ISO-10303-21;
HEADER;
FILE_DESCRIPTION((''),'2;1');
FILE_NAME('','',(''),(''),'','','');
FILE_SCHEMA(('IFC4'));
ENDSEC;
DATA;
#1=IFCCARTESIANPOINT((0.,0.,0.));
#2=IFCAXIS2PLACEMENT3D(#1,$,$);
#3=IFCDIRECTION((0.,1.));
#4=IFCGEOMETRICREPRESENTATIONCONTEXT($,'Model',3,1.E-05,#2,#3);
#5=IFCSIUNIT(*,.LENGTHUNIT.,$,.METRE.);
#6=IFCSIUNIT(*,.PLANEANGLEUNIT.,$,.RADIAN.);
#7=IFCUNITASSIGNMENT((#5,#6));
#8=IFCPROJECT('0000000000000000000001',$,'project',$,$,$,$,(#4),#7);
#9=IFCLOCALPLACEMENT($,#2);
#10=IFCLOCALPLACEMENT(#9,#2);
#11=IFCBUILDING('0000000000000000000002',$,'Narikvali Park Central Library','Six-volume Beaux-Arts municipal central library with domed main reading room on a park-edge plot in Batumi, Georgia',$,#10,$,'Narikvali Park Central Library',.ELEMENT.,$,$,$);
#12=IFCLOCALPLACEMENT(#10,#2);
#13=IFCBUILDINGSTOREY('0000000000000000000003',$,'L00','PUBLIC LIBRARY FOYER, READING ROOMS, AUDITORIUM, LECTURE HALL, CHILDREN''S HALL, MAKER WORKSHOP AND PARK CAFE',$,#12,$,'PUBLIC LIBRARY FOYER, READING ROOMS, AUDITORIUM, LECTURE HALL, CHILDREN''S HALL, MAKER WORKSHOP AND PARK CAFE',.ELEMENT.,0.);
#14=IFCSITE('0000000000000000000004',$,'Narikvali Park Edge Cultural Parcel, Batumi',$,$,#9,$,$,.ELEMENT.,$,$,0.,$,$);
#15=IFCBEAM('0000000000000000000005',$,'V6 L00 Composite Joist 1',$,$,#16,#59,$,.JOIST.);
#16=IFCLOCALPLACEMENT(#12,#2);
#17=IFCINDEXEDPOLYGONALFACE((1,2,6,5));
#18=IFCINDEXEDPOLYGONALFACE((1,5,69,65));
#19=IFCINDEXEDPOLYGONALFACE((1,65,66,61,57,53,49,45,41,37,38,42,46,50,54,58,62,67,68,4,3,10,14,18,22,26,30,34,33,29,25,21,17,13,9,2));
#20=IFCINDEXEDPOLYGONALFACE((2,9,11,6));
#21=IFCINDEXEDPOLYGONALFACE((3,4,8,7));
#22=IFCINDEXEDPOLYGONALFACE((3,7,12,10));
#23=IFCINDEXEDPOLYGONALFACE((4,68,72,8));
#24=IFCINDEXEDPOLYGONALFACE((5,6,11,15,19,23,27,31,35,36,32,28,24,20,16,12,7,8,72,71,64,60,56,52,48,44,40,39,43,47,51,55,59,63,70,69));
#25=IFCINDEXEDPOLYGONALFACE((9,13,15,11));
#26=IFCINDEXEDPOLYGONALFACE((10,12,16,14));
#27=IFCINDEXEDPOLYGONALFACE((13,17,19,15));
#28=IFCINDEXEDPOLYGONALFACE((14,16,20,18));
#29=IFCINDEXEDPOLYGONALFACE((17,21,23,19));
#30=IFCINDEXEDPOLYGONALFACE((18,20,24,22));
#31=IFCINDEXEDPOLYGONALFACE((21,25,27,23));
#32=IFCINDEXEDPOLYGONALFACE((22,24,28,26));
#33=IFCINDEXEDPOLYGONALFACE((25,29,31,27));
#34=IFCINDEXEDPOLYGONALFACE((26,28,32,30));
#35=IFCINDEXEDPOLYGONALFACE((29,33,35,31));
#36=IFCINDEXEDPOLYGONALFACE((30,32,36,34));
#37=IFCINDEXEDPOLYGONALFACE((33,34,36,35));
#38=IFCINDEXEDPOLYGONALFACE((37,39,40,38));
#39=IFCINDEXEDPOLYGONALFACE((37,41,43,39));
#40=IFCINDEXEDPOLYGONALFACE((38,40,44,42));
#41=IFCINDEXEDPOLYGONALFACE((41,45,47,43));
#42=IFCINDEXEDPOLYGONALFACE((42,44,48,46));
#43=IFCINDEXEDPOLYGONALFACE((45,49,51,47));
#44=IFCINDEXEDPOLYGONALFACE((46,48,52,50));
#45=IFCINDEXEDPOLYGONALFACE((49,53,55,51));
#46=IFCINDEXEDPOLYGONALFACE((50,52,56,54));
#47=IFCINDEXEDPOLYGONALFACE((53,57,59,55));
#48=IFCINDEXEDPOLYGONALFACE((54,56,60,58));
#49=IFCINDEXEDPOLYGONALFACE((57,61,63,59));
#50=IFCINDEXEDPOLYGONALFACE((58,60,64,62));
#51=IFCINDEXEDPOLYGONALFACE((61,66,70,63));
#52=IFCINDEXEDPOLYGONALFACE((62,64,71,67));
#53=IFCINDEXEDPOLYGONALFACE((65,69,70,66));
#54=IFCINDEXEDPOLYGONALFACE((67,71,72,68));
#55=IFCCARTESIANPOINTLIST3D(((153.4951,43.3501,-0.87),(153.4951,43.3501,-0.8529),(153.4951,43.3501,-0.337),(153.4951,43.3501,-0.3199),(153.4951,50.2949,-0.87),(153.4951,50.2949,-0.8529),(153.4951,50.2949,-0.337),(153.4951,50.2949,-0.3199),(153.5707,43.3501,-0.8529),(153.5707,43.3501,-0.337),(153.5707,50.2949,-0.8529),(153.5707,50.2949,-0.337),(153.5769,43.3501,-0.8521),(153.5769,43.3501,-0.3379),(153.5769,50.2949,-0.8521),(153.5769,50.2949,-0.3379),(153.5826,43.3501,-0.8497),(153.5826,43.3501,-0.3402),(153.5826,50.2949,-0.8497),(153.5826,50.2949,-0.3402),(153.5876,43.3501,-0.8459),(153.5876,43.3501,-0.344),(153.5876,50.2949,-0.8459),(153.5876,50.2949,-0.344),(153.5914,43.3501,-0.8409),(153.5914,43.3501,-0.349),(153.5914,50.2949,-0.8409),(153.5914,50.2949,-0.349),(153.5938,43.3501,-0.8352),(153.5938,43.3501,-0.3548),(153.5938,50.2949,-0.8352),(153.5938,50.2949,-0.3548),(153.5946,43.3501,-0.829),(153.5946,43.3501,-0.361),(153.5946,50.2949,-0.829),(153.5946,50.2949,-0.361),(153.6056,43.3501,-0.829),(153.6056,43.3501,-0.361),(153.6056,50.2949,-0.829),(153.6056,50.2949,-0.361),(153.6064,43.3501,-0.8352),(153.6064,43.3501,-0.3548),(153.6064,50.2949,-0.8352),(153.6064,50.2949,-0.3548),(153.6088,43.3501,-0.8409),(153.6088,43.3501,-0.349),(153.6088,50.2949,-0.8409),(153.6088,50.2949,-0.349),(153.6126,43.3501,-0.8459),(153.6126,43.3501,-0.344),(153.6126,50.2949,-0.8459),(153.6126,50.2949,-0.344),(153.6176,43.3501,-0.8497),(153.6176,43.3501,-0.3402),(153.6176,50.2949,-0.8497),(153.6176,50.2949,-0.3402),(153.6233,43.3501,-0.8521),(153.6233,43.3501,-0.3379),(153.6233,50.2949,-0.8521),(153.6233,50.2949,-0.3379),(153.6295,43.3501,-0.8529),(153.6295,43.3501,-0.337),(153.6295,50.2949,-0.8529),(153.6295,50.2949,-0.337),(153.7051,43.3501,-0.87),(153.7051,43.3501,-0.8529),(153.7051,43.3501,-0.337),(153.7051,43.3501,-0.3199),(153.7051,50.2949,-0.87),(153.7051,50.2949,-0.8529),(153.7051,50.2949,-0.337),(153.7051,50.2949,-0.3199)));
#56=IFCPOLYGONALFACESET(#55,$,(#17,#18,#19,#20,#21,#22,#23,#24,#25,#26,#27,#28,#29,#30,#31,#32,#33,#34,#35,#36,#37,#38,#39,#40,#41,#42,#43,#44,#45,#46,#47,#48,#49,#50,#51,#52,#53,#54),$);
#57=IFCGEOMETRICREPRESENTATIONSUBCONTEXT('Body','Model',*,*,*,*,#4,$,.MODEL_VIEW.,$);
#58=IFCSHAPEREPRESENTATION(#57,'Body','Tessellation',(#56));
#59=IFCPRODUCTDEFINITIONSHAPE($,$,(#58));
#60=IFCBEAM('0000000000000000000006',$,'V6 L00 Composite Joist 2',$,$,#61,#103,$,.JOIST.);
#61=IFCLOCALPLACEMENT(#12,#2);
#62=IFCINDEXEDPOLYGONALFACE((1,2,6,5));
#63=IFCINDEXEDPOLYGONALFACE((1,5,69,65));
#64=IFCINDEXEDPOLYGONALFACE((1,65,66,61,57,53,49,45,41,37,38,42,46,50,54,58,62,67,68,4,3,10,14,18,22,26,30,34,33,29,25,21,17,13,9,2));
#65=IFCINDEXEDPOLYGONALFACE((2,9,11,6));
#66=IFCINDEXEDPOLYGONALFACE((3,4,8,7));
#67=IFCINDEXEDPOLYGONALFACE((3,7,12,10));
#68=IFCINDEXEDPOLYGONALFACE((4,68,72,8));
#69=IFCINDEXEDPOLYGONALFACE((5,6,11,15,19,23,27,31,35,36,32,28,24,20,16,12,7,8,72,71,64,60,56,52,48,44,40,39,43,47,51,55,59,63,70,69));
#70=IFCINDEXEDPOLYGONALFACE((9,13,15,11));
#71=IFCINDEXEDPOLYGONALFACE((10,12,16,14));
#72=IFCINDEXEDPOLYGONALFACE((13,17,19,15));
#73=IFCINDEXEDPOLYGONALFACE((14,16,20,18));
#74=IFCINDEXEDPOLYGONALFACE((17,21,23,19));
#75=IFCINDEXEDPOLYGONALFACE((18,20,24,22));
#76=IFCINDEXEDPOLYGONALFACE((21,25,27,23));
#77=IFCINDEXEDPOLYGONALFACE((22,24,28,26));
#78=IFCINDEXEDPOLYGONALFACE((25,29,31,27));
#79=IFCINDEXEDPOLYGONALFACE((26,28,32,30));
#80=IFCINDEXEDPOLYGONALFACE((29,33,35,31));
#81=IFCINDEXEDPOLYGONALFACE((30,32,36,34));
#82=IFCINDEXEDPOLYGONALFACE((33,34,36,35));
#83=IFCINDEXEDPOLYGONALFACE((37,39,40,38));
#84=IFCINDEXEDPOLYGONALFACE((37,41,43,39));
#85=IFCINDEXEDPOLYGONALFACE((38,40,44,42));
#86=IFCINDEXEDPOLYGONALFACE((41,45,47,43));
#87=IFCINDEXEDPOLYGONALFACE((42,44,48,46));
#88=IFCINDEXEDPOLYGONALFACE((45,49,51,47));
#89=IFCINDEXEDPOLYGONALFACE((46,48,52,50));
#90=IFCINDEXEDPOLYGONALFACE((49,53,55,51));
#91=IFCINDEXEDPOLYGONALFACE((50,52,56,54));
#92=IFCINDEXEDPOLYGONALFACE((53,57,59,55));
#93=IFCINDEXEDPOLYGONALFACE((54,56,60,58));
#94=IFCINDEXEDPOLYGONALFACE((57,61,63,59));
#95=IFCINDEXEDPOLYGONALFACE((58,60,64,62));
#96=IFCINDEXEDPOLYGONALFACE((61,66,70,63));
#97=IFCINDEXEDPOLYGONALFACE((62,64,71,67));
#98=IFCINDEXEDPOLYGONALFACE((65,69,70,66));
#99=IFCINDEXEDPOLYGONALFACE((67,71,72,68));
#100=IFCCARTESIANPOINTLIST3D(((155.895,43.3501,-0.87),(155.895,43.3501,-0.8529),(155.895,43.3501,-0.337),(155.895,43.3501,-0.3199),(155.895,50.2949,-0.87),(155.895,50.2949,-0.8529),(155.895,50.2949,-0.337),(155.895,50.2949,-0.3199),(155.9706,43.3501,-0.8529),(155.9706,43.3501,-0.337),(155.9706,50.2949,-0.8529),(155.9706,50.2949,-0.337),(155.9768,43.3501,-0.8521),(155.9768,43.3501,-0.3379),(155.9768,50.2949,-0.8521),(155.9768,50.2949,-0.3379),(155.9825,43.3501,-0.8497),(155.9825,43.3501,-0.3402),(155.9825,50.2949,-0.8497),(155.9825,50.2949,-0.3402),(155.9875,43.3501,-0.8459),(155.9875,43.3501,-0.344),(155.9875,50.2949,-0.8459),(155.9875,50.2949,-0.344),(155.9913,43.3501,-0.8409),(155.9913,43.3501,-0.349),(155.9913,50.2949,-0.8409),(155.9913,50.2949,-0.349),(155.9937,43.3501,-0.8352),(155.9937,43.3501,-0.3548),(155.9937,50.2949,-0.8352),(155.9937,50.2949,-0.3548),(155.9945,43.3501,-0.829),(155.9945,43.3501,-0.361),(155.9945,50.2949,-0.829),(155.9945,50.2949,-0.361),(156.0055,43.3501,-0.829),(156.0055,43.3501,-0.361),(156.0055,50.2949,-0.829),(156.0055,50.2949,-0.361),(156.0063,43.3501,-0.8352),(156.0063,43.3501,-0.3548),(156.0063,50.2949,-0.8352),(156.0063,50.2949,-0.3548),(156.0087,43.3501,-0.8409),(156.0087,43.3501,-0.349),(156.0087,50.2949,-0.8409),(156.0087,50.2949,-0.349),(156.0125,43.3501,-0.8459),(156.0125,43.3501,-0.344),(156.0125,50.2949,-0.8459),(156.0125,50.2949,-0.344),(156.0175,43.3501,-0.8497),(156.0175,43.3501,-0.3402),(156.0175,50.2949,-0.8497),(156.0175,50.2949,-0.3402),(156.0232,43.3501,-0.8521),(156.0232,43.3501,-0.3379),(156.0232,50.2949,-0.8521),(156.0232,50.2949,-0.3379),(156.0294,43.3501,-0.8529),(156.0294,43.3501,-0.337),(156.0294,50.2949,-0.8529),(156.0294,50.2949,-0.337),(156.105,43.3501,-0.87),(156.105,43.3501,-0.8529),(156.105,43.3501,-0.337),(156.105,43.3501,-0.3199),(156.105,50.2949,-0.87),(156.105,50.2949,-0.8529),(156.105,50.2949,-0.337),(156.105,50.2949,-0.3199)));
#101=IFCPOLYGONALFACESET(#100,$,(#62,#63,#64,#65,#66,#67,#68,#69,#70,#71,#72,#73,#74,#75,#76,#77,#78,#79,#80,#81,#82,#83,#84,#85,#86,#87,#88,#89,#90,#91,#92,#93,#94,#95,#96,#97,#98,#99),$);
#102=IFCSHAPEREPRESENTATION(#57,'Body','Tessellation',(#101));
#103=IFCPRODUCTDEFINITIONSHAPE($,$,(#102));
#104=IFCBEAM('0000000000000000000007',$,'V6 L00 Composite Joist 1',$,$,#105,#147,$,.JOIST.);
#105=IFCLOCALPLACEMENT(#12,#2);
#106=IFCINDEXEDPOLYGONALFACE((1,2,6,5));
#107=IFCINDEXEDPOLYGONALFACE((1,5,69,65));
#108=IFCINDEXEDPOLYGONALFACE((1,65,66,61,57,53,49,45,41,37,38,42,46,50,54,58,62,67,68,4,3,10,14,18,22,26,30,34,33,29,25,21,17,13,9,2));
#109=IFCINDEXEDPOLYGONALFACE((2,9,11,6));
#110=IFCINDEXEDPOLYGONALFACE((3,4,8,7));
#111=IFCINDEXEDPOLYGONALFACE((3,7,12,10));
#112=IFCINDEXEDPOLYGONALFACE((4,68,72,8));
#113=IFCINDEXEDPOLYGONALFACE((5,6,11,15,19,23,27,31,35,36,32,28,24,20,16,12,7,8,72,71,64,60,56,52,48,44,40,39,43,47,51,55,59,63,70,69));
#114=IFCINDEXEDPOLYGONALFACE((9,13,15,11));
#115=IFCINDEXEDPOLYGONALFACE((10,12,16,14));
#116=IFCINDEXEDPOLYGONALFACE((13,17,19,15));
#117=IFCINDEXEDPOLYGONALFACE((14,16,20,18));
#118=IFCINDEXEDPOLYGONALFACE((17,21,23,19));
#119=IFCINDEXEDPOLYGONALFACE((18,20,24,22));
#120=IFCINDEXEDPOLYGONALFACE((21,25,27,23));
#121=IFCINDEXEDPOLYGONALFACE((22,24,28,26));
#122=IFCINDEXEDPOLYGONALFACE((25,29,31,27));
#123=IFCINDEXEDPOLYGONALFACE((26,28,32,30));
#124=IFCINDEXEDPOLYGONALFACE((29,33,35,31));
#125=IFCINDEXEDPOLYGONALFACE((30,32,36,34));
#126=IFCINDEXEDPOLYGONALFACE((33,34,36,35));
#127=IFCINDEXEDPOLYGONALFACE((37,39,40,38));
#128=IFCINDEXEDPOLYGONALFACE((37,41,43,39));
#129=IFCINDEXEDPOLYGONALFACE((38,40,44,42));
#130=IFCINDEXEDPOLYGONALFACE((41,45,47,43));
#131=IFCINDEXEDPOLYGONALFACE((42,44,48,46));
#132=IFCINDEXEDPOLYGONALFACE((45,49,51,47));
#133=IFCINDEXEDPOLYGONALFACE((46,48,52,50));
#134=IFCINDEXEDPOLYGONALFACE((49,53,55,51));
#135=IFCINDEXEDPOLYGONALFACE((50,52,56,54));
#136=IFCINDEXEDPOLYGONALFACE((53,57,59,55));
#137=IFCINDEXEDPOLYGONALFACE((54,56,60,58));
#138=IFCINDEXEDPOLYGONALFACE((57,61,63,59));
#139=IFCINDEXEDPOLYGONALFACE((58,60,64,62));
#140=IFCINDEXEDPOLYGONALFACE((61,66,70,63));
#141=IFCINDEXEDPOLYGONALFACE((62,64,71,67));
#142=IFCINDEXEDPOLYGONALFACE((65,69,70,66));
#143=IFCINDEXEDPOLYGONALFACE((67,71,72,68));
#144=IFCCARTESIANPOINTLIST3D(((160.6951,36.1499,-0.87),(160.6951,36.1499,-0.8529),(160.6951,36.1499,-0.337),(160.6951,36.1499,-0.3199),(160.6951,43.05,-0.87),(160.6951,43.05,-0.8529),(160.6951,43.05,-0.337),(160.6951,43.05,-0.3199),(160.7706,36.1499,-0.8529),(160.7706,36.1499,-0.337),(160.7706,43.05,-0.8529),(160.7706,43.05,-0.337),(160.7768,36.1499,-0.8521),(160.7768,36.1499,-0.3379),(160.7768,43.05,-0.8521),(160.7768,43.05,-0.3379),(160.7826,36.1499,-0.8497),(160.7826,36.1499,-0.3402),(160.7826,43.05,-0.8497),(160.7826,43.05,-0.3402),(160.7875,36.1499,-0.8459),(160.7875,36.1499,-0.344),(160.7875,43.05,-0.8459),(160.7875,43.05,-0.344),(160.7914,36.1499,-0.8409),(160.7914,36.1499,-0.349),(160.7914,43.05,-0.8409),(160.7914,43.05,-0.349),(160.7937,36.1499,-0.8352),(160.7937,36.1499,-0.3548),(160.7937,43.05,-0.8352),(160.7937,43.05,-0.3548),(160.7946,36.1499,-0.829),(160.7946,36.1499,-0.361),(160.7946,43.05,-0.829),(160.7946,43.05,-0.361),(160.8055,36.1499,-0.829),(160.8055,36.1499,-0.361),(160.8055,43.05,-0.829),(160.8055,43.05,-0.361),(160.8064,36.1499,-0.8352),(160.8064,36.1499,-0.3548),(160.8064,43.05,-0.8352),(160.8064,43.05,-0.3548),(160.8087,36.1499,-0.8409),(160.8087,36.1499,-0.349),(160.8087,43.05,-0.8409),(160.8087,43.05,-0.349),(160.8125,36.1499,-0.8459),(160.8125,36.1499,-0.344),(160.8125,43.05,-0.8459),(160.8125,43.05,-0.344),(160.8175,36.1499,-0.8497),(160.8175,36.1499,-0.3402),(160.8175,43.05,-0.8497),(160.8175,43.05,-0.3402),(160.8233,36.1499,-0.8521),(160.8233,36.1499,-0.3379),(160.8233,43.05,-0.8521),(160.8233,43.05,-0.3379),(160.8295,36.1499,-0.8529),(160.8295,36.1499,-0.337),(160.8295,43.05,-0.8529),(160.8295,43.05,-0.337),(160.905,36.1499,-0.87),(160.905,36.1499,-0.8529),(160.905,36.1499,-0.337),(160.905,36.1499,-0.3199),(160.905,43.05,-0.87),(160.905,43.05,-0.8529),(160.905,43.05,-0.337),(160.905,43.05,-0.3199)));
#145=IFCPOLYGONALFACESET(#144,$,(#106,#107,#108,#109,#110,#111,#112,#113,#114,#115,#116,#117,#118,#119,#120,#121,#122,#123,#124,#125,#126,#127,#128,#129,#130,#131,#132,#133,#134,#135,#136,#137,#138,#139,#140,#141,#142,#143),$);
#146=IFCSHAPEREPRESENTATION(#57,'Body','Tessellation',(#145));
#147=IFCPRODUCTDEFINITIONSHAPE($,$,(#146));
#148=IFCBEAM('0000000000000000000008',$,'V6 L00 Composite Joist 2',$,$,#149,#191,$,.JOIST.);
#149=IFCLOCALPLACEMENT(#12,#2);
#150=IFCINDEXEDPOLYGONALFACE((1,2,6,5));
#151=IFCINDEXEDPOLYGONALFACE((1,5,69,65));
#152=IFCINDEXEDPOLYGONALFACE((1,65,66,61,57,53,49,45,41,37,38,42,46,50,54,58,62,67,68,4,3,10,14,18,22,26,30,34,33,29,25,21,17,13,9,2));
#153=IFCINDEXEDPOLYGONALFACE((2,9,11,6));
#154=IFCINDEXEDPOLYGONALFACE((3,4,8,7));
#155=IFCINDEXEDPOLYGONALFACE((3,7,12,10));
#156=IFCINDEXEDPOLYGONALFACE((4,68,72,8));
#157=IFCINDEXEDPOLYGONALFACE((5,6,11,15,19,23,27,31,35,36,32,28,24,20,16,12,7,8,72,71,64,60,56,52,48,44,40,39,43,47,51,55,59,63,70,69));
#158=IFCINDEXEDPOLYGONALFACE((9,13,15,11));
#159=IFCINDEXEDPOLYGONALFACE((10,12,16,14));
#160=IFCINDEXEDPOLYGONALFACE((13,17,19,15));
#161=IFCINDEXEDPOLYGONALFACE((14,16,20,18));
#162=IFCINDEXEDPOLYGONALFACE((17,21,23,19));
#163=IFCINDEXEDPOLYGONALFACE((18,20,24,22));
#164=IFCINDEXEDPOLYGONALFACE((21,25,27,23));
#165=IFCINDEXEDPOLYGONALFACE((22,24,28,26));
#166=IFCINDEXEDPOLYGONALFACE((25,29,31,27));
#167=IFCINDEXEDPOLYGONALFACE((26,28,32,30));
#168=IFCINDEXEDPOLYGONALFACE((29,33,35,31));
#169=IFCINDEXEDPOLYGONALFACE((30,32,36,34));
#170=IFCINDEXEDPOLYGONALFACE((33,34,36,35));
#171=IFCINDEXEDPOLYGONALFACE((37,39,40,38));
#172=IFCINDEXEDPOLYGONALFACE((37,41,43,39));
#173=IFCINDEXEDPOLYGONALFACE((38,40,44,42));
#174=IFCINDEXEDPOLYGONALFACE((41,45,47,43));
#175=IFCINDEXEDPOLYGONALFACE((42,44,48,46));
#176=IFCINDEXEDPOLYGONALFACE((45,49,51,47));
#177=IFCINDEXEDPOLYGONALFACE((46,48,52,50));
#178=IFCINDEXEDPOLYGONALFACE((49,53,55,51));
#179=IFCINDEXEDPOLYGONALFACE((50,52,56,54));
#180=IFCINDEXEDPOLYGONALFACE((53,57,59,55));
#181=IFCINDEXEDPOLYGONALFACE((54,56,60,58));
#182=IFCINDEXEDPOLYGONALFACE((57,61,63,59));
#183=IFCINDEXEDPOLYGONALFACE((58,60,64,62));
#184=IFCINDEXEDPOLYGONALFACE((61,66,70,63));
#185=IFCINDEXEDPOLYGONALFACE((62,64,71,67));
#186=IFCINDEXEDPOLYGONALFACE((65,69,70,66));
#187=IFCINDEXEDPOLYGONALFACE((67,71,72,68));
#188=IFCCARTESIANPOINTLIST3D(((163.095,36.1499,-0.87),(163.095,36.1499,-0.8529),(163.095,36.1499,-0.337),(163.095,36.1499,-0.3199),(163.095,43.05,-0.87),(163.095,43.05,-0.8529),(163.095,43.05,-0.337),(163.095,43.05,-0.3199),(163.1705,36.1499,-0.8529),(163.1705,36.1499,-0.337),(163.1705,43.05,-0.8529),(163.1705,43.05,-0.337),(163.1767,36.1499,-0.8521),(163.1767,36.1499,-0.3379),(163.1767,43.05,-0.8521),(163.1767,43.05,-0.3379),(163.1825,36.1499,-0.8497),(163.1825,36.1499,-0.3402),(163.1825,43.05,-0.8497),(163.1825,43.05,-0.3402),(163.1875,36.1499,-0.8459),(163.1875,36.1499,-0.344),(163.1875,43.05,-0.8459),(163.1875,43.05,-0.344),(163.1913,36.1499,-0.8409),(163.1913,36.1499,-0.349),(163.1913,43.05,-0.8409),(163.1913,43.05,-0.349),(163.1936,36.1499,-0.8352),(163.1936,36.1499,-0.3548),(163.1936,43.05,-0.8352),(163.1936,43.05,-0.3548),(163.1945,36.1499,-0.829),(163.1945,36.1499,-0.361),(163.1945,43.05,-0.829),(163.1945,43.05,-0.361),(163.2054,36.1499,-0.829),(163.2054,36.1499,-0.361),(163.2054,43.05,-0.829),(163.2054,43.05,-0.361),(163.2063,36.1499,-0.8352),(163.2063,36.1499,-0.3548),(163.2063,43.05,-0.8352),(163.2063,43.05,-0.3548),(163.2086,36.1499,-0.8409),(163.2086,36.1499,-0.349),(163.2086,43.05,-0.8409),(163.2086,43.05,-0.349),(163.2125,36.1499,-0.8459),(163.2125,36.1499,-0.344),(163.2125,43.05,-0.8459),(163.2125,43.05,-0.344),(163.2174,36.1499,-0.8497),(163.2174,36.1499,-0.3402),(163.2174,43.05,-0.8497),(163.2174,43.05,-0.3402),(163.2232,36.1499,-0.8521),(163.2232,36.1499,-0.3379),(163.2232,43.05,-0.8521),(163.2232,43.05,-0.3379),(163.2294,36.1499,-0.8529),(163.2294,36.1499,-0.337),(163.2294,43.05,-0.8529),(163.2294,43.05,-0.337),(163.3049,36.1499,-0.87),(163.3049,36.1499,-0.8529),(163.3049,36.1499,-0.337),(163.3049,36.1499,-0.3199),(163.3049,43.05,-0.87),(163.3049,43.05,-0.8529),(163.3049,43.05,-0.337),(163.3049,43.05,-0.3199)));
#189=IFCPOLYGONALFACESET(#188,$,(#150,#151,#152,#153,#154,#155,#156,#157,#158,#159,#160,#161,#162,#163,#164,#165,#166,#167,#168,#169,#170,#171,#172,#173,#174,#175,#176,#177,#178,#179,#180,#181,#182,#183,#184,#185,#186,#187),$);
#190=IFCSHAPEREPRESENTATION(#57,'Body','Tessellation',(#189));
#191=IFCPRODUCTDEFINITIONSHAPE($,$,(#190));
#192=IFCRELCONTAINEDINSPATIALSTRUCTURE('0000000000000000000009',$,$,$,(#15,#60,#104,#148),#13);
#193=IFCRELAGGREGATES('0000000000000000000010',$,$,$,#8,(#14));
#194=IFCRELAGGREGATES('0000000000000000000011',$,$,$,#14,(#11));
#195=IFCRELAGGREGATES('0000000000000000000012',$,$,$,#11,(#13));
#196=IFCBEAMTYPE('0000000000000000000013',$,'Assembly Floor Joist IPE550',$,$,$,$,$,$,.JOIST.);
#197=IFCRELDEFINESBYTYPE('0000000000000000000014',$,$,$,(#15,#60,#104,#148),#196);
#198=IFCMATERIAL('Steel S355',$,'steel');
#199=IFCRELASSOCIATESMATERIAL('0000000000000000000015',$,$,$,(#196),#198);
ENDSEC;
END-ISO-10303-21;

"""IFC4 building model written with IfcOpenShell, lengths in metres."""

from ifc_helpers import new_model, si_unit, direction, frame, origin, origin_2d, place, context, subcontext, project, spatial, i_section, extrude, material, material_profile, profile_set, type_object, element, save


model = new_model("IFC4")

# Units and contexts
model_context = context("Model", 3, precision=1e-05, world=origin(), true_north=direction((0.0, 1.0)))
body_context = subcontext(model_context, "Body", "Model", "MODEL_VIEW")
ifc_project = project(units=[si_unit("LENGTHUNIT", "METRE"), si_unit("PLANEANGLEUNIT", "RADIAN")], contexts=[model_context])

# Site, building, storey
site_placement = place(None, origin())
site = spatial("IfcSite", under=ifc_project, at=site_placement, Name="Narikvali Park Edge Cultural Parcel, Batumi", CompositionType="ELEMENT", RefElevation=0.0)
building_placement = place(site_placement, origin())
building = spatial("IfcBuilding", under=site, at=building_placement, Name="Narikvali Park Central Library", Description="Six-volume Beaux-Arts municipal central library with domed main reading room on a park-edge plot in Batumi, Georgia", LongName="Narikvali Park Central Library", CompositionType="ELEMENT")
storey_placement = place(building_placement, origin())
storey = spatial("IfcBuildingStorey", under=building, at=storey_placement, Name="L00", Description="PUBLIC LIBRARY FOYER, READING ROOMS, AUDITORIUM, LECTURE HALL, CHILDREN'S HALL, MAKER WORKSHOP AND PARK CAFE", LongName="PUBLIC LIBRARY FOYER, READING ROOMS, AUDITORIUM, LECTURE HALL, CHILDREN'S HALL, MAKER WORKSHOP AND PARK CAFE", CompositionType="ELEMENT", Elevation=0.0)

# Shared definitions
ifc_material_1 = material(Name="Steel S355", Category="steel")

# Beams
ifc_material_profile_1 = material_profile(ifc_material_1, i_section(OverallWidth=0.21, OverallDepth=0.55, WebThickness=0.011, FlangeThickness=0.0171, FilletRadius=0.0239, at=origin_2d()), Name="IPE 550")
ifc_profile_set_1 = profile_set([ifc_material_profile_1], Name="Steel S355")
beam_type_1 = type_object("IfcBeamType", Name="Assembly Floor Joist IPE550", PredefinedType="JOIST", material=ifc_profile_set_1)
for number, where, z_axis, x_axis, name in (
    (1, (153.6001, 43.3501, -0.595), (0.0, 1.0, 0.0), (-1.0, 0.0, 0.0), "V6 L00 Composite Joist 1"),
    (2, (156.0, 43.3501, -0.595), (0.0, 1.0, 0.0), (-1.0, 0.0, 0.0), "V6 L00 Composite Joist 2"),
):
    element("IfcBeam", number, at=place(storey_placement, frame(where, z_axis=z_axis, x_axis=x_axis)), inside=storey, type_object=beam_type_1, Name=name, PredefinedType="JOIST", context=body_context, shape_type="SweptSolid", body=[
        extrude(i_section(OverallWidth=0.21, OverallDepth=0.55, WebThickness=0.011, FlangeThickness=0.0171, FilletRadius=0.0239, at=origin_2d()), origin(), (0.0, 0.0, 1.0), 6.9448),
    ])
for number, where, z_axis, x_axis, name in (
    (3, (160.8, 36.1499, -0.595), (0.0, 1.0, 0.0), (-1.0, 0.0, 0.0), "V6 L00 Composite Joist 1"),
    (4, (163.2, 36.1499, -0.595), (0.0, 1.0, 0.0), (-1.0, 0.0, 0.0), "V6 L00 Composite Joist 2"),
):
    element("IfcBeam", number, at=place(storey_placement, frame(where, z_axis=z_axis, x_axis=x_axis)), inside=storey, type_object=beam_type_1, Name=name, PredefinedType="JOIST", context=body_context, shape_type="SweptSolid", body=[
        extrude(i_section(OverallWidth=0.21, OverallDepth=0.55, WebThickness=0.011, FlangeThickness=0.0171, FilletRadius=0.0239, at=origin_2d()), origin(), (0.0, 0.0, 1.0), 6.9001),
    ])

save(model, "model.ifc")
